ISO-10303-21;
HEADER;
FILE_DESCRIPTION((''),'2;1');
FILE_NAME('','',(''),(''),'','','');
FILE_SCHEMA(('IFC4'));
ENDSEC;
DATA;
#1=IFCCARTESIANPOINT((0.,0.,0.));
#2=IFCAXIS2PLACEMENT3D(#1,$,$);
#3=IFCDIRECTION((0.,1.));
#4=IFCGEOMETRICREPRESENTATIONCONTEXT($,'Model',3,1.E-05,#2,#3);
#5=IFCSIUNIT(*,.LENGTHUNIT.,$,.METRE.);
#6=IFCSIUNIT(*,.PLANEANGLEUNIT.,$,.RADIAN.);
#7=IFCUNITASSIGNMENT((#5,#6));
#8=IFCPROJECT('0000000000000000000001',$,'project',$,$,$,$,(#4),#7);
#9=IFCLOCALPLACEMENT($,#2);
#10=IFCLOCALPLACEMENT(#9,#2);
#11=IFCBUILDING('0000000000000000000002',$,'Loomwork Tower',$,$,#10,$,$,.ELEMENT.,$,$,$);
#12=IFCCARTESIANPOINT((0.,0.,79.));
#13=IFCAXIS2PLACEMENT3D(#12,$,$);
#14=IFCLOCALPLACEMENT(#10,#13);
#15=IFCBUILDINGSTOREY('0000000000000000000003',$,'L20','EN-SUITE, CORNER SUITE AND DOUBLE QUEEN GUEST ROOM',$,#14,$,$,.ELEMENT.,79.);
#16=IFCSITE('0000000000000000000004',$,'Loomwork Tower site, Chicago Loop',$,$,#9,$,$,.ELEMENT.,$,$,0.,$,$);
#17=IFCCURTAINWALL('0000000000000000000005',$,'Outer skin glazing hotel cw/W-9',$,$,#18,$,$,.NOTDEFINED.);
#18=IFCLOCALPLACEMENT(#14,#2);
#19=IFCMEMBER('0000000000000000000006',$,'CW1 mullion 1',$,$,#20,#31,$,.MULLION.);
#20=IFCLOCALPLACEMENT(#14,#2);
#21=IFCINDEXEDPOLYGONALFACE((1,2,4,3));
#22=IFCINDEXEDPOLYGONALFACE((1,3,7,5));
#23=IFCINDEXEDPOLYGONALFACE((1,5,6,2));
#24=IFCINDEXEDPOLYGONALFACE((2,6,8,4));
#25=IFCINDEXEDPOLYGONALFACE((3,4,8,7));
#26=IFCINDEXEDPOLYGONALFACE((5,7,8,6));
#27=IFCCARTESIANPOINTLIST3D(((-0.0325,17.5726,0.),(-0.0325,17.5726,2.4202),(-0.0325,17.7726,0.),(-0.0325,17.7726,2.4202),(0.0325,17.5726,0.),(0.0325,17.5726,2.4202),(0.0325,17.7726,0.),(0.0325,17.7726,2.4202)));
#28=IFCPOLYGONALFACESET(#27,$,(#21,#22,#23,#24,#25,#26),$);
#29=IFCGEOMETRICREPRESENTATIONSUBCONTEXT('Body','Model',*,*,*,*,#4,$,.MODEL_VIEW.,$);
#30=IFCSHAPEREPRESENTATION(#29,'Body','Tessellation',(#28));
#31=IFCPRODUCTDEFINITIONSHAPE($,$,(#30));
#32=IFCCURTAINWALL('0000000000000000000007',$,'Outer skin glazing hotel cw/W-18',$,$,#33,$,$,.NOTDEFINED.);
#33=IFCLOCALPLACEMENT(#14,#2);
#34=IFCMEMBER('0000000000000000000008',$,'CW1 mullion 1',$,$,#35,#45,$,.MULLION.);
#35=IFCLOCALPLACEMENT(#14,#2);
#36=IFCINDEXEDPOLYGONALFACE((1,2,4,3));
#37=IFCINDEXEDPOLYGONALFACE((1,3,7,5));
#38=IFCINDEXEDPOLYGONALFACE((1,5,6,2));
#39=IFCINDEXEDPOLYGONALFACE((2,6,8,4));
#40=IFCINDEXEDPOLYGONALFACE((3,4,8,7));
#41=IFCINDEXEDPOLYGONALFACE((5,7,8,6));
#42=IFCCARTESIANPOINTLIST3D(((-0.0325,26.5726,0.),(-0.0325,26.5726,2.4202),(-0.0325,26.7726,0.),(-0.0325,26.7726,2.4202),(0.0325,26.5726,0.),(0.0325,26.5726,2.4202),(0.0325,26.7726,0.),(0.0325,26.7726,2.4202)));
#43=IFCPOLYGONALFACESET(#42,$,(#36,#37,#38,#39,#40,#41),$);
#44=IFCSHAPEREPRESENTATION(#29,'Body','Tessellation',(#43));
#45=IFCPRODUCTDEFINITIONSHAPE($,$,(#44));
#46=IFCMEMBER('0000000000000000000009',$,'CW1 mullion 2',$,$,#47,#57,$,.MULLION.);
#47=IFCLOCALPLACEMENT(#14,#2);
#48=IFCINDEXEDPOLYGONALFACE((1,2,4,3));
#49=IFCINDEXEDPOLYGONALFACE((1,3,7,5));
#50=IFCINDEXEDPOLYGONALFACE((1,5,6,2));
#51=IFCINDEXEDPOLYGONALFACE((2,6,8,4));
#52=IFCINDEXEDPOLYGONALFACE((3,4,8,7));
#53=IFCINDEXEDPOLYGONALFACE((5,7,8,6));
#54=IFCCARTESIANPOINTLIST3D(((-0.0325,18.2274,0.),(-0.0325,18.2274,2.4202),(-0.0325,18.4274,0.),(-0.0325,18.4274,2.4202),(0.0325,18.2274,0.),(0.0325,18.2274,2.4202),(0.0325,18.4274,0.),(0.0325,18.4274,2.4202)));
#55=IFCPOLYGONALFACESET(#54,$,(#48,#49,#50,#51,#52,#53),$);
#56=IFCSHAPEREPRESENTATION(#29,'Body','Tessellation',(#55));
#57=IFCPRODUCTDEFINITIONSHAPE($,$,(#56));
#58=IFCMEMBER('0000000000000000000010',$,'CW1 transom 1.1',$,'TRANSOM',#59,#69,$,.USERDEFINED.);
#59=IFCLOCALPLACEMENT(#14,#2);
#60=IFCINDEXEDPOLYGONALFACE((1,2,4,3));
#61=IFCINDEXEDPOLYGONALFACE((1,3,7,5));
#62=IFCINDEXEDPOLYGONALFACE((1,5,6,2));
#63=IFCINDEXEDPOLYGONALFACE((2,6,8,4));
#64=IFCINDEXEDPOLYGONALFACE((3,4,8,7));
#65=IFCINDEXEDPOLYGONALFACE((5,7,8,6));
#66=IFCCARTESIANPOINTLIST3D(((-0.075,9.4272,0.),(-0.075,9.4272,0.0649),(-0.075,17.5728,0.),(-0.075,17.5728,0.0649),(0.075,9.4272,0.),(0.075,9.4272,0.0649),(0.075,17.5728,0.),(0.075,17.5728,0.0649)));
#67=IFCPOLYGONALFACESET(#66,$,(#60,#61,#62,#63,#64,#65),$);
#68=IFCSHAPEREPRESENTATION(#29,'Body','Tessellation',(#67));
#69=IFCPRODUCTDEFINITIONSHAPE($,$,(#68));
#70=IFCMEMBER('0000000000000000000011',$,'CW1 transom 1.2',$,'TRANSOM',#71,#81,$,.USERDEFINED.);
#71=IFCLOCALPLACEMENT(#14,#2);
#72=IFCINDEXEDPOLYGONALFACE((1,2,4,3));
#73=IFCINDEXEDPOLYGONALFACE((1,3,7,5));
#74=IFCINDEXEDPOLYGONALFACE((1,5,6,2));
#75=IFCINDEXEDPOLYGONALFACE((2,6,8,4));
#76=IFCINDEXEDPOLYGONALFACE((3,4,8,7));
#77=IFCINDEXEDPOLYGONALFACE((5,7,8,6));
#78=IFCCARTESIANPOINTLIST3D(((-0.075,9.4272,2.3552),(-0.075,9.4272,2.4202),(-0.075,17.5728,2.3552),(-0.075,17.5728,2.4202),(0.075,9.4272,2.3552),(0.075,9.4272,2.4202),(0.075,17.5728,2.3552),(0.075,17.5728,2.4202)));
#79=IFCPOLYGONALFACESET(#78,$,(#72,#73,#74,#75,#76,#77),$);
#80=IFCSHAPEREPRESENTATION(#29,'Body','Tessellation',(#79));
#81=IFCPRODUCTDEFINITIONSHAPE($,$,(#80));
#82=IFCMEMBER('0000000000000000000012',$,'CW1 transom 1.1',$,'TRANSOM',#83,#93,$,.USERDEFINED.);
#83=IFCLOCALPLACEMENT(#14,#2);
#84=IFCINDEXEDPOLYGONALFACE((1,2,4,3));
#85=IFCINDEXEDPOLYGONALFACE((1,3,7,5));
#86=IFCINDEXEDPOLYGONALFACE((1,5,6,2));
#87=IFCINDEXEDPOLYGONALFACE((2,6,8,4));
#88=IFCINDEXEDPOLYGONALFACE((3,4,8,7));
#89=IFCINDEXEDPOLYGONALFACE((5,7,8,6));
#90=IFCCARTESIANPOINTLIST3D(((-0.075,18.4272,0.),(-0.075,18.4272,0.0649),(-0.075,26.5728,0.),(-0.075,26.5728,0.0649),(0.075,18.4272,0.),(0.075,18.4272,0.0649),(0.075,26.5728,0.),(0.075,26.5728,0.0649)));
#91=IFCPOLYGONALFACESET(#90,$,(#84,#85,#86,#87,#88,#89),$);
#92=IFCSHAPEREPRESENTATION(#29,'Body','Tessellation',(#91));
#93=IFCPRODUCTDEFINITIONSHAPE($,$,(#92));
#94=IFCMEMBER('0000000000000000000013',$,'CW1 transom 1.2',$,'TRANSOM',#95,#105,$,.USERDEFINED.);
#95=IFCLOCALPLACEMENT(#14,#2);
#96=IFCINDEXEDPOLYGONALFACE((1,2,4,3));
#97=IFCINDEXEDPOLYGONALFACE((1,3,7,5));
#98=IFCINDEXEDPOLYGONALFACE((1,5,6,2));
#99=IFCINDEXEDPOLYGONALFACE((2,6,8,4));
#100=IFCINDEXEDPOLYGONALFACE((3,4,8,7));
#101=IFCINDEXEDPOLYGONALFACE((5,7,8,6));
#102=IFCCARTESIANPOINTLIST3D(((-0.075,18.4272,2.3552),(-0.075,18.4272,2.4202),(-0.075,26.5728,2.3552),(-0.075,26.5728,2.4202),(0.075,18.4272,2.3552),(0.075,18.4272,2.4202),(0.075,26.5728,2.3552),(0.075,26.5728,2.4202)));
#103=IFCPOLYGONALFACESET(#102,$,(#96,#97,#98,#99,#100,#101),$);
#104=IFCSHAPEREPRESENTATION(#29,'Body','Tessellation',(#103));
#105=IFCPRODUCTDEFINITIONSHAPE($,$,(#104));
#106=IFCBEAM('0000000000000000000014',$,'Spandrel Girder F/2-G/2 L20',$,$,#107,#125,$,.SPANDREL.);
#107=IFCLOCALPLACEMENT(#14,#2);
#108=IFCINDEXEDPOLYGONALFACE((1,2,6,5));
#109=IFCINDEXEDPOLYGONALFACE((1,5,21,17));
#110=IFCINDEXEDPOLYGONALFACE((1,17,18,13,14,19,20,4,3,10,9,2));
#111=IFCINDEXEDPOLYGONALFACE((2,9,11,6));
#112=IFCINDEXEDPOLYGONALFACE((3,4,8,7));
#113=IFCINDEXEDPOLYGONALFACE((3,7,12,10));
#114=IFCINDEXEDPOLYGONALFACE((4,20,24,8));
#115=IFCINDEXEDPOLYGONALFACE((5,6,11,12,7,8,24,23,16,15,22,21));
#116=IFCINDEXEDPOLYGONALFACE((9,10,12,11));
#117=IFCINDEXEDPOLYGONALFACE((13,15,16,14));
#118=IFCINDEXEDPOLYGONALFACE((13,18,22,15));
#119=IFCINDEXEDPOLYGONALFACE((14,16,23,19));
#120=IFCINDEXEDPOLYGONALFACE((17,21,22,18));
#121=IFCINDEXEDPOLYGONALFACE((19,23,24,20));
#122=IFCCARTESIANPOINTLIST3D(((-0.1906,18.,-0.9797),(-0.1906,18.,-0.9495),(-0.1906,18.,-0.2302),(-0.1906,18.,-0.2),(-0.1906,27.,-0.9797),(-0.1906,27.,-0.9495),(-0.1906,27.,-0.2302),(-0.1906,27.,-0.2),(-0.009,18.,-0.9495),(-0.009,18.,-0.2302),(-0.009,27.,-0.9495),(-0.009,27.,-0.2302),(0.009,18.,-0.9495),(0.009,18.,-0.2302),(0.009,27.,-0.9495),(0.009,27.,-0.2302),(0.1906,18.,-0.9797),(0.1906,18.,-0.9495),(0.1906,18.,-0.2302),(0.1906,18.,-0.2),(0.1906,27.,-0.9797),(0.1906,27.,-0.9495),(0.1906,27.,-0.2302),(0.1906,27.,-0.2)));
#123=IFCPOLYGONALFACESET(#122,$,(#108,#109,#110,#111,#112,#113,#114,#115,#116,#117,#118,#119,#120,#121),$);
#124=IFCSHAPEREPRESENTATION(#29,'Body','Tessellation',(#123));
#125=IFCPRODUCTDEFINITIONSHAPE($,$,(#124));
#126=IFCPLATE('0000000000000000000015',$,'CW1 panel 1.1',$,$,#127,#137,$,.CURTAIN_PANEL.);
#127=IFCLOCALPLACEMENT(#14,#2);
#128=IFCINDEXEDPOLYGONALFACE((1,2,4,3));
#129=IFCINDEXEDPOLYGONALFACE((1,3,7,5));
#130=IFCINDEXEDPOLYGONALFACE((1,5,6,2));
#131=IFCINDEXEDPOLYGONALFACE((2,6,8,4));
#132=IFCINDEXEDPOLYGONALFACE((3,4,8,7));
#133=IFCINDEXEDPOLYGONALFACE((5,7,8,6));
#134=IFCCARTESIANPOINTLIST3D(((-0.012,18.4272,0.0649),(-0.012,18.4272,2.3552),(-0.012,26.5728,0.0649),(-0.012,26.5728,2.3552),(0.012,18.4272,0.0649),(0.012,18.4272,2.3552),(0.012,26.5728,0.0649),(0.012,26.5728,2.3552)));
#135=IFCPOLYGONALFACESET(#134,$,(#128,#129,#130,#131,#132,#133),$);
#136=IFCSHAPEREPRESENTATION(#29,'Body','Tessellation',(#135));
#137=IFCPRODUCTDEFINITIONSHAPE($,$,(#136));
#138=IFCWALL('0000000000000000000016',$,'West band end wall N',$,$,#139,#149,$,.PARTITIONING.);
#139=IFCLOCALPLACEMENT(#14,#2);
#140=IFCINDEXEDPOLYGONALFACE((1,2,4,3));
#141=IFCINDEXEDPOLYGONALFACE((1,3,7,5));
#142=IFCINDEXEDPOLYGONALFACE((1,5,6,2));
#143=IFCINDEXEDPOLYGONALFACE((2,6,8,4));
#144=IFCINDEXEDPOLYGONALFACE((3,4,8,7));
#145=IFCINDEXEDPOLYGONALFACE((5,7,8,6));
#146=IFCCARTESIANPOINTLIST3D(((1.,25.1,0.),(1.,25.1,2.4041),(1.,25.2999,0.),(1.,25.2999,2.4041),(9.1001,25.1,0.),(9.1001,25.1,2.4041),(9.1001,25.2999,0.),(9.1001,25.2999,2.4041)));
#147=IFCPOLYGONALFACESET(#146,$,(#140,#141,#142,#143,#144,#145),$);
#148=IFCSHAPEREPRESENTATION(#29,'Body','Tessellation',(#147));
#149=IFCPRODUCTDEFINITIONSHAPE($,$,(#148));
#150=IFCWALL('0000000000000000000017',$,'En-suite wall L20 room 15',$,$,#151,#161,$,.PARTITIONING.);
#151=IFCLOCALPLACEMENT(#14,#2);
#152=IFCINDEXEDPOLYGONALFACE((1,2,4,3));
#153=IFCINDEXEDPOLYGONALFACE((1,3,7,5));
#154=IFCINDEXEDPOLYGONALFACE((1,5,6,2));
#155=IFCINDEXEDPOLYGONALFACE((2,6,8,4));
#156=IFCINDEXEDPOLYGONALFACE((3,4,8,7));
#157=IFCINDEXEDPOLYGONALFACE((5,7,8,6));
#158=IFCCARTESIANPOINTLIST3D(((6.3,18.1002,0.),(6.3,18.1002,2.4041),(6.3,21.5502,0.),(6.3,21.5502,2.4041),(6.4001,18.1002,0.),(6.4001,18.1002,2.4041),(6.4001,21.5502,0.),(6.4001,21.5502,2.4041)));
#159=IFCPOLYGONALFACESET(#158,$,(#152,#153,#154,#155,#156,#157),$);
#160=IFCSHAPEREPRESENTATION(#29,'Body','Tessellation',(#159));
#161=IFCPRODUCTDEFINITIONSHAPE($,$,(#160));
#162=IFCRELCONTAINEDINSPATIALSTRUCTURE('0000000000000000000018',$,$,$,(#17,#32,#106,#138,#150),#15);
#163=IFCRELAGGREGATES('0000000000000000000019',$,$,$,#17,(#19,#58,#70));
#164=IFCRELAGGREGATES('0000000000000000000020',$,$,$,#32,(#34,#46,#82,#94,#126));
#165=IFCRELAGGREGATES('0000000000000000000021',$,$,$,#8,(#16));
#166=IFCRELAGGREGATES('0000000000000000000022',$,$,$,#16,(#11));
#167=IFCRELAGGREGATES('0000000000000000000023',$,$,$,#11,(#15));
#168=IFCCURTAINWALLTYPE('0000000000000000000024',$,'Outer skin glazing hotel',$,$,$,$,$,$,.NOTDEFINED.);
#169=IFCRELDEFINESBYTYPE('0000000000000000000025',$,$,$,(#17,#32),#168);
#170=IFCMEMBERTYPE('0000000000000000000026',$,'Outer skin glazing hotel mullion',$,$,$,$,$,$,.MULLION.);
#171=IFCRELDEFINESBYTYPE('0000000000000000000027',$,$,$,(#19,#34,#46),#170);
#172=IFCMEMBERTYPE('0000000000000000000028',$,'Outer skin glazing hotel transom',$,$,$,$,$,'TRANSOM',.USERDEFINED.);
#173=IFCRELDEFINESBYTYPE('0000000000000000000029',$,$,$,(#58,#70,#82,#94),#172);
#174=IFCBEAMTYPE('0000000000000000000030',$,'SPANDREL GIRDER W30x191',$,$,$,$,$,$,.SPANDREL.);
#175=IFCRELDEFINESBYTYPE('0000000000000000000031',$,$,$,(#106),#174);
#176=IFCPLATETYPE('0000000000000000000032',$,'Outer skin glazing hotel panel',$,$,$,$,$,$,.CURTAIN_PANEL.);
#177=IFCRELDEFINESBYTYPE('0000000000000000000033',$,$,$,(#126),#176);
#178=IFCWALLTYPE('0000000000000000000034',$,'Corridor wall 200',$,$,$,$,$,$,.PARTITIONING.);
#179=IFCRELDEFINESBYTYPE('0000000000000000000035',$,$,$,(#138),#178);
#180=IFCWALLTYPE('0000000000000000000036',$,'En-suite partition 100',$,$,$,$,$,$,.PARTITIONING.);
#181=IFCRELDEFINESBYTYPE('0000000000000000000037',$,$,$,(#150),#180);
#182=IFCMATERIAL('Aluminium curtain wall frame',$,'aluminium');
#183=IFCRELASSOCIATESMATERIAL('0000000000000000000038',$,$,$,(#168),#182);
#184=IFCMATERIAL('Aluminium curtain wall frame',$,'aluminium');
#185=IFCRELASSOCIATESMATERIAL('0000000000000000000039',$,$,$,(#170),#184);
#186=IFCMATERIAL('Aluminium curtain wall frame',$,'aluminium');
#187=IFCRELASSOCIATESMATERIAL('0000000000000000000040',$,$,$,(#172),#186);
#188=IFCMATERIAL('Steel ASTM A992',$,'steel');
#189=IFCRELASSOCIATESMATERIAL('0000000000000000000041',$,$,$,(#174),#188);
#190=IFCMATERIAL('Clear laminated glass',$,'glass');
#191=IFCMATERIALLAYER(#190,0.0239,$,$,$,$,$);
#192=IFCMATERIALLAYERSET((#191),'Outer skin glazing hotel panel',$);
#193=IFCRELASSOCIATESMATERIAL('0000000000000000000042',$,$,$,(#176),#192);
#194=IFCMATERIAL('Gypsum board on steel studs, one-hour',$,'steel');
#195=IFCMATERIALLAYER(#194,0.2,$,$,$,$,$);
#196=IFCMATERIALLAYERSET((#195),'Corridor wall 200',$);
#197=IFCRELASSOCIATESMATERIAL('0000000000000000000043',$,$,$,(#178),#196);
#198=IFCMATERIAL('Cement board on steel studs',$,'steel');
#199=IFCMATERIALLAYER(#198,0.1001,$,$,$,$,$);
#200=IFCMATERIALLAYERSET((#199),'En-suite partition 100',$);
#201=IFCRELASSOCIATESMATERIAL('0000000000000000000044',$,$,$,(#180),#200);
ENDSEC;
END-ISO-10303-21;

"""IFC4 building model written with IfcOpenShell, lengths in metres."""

from ifc_helpers import new_model, si_unit, direction, frame, frame_2d, origin, origin_2d, place, context, subcontext, project, spatial, rectangle, i_section, extrude, material, layer, layer_set, material_profile, profile_set, type_object, element, aggregate, save


model = new_model("IFC4")

# Units and contexts
model_context = context("Model", 3, precision=1e-05, world=origin(), true_north=direction((0.0, 1.0)))
body_context = subcontext(model_context, "Body", "Model", "MODEL_VIEW")
ifc_project = project(units=[si_unit("LENGTHUNIT", "METRE"), si_unit("PLANEANGLEUNIT", "RADIAN")], contexts=[model_context])

# Site, building, storey
site_placement = place(None, origin())
site = spatial("IfcSite", under=ifc_project, at=site_placement, Name="Loomwork Tower site, Chicago Loop", CompositionType="ELEMENT", RefElevation=0.0)
building_placement = place(site_placement, origin())
building = spatial("IfcBuilding", under=site, at=building_placement, Name="Loomwork Tower", CompositionType="ELEMENT")
storey_placement = place(building_placement, frame((0.0, 0.0, 79.0)))
storey = spatial("IfcBuildingStorey", under=building, at=storey_placement, Name="L20", Description="EN-SUITE, CORNER SUITE AND DOUBLE QUEEN GUEST ROOM", CompositionType="ELEMENT", Elevation=79.0)

# Curtain wall, member
ifc_material_1 = material(Name="Aluminium curtain wall frame", Category="aluminium")
curtain_wall_type = type_object("IfcCurtainWallType", Name="Outer skin glazing hotel", PredefinedType="NOTDEFINED", material=ifc_material_1)
curtain_wall_1_placement = place(storey_placement, origin())
curtain_wall_1 = element("IfcCurtainWall", 1, at=curtain_wall_1_placement, inside=storey, type_object=curtain_wall_type, Name="Outer skin glazing hotel cw/W-9", PredefinedType="NOTDEFINED")
ifc_material_2 = material(Name="Aluminium curtain wall frame", Category="aluminium")
ifc_material_profile_1 = material_profile(ifc_material_2, rectangle(XDim=0.0649, YDim=0.2, at=origin_2d()), Name="AL 65x200")
ifc_profile_set_1 = profile_set([ifc_material_profile_1], Name="Aluminium curtain wall frame")
member_type_1 = type_object("IfcMemberType", Name="Outer skin glazing hotel mullion", PredefinedType="MULLION", material=ifc_profile_set_1)
member_1_placement = place(storey_placement, frame((0.0, 17.6726, 0.0), z_axis=(0.0, 0.0, 1.0), x_axis=(1.0, 0.0, 0.0)))
member_1 = element("IfcMember", 2, at=member_1_placement, type_object=member_type_1, Name="CW1 mullion 1", PredefinedType="MULLION", context=body_context, shape_type="SweptSolid", body=[
    extrude(rectangle(XDim=0.0649, YDim=0.2, at=origin_2d()), origin(), (0.0, 0.0, 1.0), 2.4202),
])

# Curtain wall, members
curtain_wall_2_placement = place(storey_placement, origin())
curtain_wall_2 = element("IfcCurtainWall", 3, at=curtain_wall_2_placement, inside=storey, type_object=curtain_wall_type, Name="Outer skin glazing hotel cw/W-18", PredefinedType="NOTDEFINED")
member_2_placement = place(storey_placement, frame((0.0, 26.6726, 0.0), z_axis=(0.0, 0.0, 1.0), x_axis=(1.0, 0.0, 0.0)))
member_2 = element("IfcMember", 4, at=member_2_placement, type_object=member_type_1, Name="CW1 mullion 1", PredefinedType="MULLION", context=body_context, shape_type="SweptSolid", body=[
    extrude(rectangle(XDim=0.0649, YDim=0.2, at=origin_2d()), origin(), (0.0, 0.0, 1.0), 2.4202),
])
member_3_placement = place(storey_placement, frame((0.0, 18.3274, 0.0), z_axis=(0.0, 0.0, 1.0), x_axis=(1.0, 0.0, 0.0)))
member_3 = element("IfcMember", 5, at=member_3_placement, type_object=member_type_1, Name="CW1 mullion 2", PredefinedType="MULLION", context=body_context, shape_type="SweptSolid", body=[
    extrude(rectangle(XDim=0.0649, YDim=0.2, at=origin_2d()), origin(), (0.0, 0.0, 1.0), 2.4202),
])

# Members
ifc_material_3 = material(Name="Aluminium curtain wall frame", Category="aluminium")
ifc_material_profile_2 = material_profile(ifc_material_3, rectangle(XDim=0.1499, YDim=0.0649, at=origin_2d()), Name="AL 65x150")
ifc_profile_set_2 = profile_set([ifc_material_profile_2], Name="Aluminium curtain wall frame")
member_type_2 = type_object("IfcMemberType", Name="Outer skin glazing hotel transom", ElementType="TRANSOM", PredefinedType="USERDEFINED", material=ifc_profile_set_2)
member_4_placement = place(storey_placement, frame((0.0, 17.5728, 0.0325), z_axis=(0.0, -1.0, 0.0), x_axis=(1.0, 0.0, 0.0)))
member_4 = element("IfcMember", 6, at=member_4_placement, type_object=member_type_2, Name="CW1 transom 1.1", ObjectType="TRANSOM", PredefinedType="USERDEFINED", context=body_context, shape_type="SweptSolid", body=[
    extrude(rectangle(XDim=0.1499, YDim=0.0649, at=origin_2d()), origin(), (0.0, 0.0, 1.0), 8.1455),
])
member_5_placement = place(storey_placement, frame((0.0, 17.5728, 2.3877), z_axis=(0.0, -1.0, 0.0), x_axis=(1.0, 0.0, 0.0)))
member_5 = element("IfcMember", 7, at=member_5_placement, type_object=member_type_2, Name="CW1 transom 1.2", ObjectType="TRANSOM", PredefinedType="USERDEFINED", context=body_context, shape_type="SweptSolid", body=[
    extrude(rectangle(XDim=0.1499, YDim=0.0649, at=origin_2d()), origin(), (0.0, 0.0, 1.0), 8.1455),
])
aggregate(curtain_wall_1, [member_1, member_4, member_5])
member_6_placement = place(storey_placement, frame((0.0, 26.5728, 0.0325), z_axis=(0.0, -1.0, 0.0), x_axis=(1.0, 0.0, 0.0)))
member_6 = element("IfcMember", 8, at=member_6_placement, type_object=member_type_2, Name="CW1 transom 1.1", ObjectType="TRANSOM", PredefinedType="USERDEFINED", context=body_context, shape_type="SweptSolid", body=[
    extrude(rectangle(XDim=0.1499, YDim=0.0649, at=origin_2d()), origin(), (0.0, 0.0, 1.0), 8.1455),
])
member_7_placement = place(storey_placement, frame((0.0, 26.5728, 2.3877), z_axis=(0.0, -1.0, 0.0), x_axis=(1.0, 0.0, 0.0)))
member_7 = element("IfcMember", 9, at=member_7_placement, type_object=member_type_2, Name="CW1 transom 1.2", ObjectType="TRANSOM", PredefinedType="USERDEFINED", context=body_context, shape_type="SweptSolid", body=[
    extrude(rectangle(XDim=0.1499, YDim=0.0649, at=origin_2d()), origin(), (0.0, 0.0, 1.0), 8.1455),
])

# Beam
ifc_material_4 = material(Name="Steel ASTM A992", Category="steel")
ifc_material_profile_3 = material_profile(ifc_material_4, i_section(OverallWidth=0.3811, OverallDepth=0.7798, WebThickness=0.0181, FlangeThickness=0.0303, at=origin_2d()), Name="W30x191")
ifc_profile_set_3 = profile_set([ifc_material_profile_3], Name="Steel ASTM A992")
beam_type_1 = type_object("IfcBeamType", Name="SPANDREL GIRDER W30x191", PredefinedType="SPANDREL", material=ifc_profile_set_3)
beam_1_placement = place(storey_placement, frame((0.0, 18.0, -0.5898), z_axis=(0.0, 1.0, 0.0), x_axis=(-1.0, 0.0, 0.0)))
element("IfcBeam", 10, at=beam_1_placement, inside=storey, type_object=beam_type_1, Name="Spandrel Girder F/2-G/2 L20", PredefinedType="SPANDREL", context=body_context, shape_type="SweptSolid", body=[
    extrude(i_section(OverallWidth=0.3811, OverallDepth=0.7798, WebThickness=0.0181, FlangeThickness=0.0303, at=origin_2d()), origin(), (0.0, 0.0, 1.0), 9.0),
])

# Plate
ifc_material_5 = material(Name="Clear laminated glass", Category="glass")
ifc_layer_1 = layer(ifc_material_5, 0.0239)
ifc_layer_set_1 = layer_set([ifc_layer_1], Name="Outer skin glazing hotel panel")
plate_type = type_object("IfcPlateType", Name="Outer skin glazing hotel panel", PredefinedType="CURTAIN_PANEL", material=ifc_layer_set_1)
plate_placement = place(storey_placement, frame((0.0, 22.5, 0.0649), z_axis=(0.0, 0.0, 1.0), x_axis=(0.0, -1.0, 0.0)))
plate = element("IfcPlate", 11, at=plate_placement, type_object=plate_type, Name="CW1 panel 1.1", PredefinedType="CURTAIN_PANEL", context=body_context, shape_type="SweptSolid", body=[
    extrude(rectangle(XDim=8.1455, YDim=0.0239, at=origin_2d()), origin(), (0.0, 0.0, 1.0), 2.2903),
])
aggregate(curtain_wall_2, [member_2, member_3, member_6, member_7, plate])

# Walls
ifc_material_6 = material(Name="Gypsum board on steel studs, one-hour", Category="steel")
ifc_layer_2 = layer(ifc_material_6, 0.2)
ifc_layer_set_2 = layer_set([ifc_layer_2], Name="Corridor wall 200")
wall_type_1 = type_object("IfcWallType", Name="Corridor wall 200", PredefinedType="PARTITIONING", material=ifc_layer_set_2)
wall_1_placement = place(storey_placement, frame((1.0, 25.2, 0.0), z_axis=(0.0, 0.0, 1.0), x_axis=(1.0, 0.0, 0.0)))
element("IfcWall", 12, at=wall_1_placement, inside=storey, type_object=wall_type_1, Name="West band end wall N", PredefinedType="PARTITIONING", context=body_context, shape_type="SweptSolid", body=[
    extrude(rectangle(XDim=8.1001, YDim=0.2, at=frame_2d((4.05, 0.0))), origin(), (0.0, 0.0, 1.0), 2.4041),
])
ifc_material_7 = material(Name="Cement board on steel studs", Category="steel")
ifc_layer_3 = layer(ifc_material_7, 0.1001)
ifc_layer_set_3 = layer_set([ifc_layer_3], Name="En-suite partition 100")
wall_type_2 = type_object("IfcWallType", Name="En-suite partition 100", PredefinedType="PARTITIONING", material=ifc_layer_set_3)
wall_2_placement = place(storey_placement, frame((6.3501, 18.1001, 0.0), z_axis=(0.0, 0.0, 1.0), x_axis=(0.0, 1.0, 0.0)))
element("IfcWall", 13, at=wall_2_placement, inside=storey, type_object=wall_type_2, Name="En-suite wall L20 room 15", PredefinedType="PARTITIONING", context=body_context, shape_type="SweptSolid", body=[
    extrude(rectangle(XDim=3.45, YDim=0.1001, at=frame_2d((1.7251, 0.0))), origin(), (0.0, 0.0, 1.0), 2.4041),
])

save(model, "model.ifc")
